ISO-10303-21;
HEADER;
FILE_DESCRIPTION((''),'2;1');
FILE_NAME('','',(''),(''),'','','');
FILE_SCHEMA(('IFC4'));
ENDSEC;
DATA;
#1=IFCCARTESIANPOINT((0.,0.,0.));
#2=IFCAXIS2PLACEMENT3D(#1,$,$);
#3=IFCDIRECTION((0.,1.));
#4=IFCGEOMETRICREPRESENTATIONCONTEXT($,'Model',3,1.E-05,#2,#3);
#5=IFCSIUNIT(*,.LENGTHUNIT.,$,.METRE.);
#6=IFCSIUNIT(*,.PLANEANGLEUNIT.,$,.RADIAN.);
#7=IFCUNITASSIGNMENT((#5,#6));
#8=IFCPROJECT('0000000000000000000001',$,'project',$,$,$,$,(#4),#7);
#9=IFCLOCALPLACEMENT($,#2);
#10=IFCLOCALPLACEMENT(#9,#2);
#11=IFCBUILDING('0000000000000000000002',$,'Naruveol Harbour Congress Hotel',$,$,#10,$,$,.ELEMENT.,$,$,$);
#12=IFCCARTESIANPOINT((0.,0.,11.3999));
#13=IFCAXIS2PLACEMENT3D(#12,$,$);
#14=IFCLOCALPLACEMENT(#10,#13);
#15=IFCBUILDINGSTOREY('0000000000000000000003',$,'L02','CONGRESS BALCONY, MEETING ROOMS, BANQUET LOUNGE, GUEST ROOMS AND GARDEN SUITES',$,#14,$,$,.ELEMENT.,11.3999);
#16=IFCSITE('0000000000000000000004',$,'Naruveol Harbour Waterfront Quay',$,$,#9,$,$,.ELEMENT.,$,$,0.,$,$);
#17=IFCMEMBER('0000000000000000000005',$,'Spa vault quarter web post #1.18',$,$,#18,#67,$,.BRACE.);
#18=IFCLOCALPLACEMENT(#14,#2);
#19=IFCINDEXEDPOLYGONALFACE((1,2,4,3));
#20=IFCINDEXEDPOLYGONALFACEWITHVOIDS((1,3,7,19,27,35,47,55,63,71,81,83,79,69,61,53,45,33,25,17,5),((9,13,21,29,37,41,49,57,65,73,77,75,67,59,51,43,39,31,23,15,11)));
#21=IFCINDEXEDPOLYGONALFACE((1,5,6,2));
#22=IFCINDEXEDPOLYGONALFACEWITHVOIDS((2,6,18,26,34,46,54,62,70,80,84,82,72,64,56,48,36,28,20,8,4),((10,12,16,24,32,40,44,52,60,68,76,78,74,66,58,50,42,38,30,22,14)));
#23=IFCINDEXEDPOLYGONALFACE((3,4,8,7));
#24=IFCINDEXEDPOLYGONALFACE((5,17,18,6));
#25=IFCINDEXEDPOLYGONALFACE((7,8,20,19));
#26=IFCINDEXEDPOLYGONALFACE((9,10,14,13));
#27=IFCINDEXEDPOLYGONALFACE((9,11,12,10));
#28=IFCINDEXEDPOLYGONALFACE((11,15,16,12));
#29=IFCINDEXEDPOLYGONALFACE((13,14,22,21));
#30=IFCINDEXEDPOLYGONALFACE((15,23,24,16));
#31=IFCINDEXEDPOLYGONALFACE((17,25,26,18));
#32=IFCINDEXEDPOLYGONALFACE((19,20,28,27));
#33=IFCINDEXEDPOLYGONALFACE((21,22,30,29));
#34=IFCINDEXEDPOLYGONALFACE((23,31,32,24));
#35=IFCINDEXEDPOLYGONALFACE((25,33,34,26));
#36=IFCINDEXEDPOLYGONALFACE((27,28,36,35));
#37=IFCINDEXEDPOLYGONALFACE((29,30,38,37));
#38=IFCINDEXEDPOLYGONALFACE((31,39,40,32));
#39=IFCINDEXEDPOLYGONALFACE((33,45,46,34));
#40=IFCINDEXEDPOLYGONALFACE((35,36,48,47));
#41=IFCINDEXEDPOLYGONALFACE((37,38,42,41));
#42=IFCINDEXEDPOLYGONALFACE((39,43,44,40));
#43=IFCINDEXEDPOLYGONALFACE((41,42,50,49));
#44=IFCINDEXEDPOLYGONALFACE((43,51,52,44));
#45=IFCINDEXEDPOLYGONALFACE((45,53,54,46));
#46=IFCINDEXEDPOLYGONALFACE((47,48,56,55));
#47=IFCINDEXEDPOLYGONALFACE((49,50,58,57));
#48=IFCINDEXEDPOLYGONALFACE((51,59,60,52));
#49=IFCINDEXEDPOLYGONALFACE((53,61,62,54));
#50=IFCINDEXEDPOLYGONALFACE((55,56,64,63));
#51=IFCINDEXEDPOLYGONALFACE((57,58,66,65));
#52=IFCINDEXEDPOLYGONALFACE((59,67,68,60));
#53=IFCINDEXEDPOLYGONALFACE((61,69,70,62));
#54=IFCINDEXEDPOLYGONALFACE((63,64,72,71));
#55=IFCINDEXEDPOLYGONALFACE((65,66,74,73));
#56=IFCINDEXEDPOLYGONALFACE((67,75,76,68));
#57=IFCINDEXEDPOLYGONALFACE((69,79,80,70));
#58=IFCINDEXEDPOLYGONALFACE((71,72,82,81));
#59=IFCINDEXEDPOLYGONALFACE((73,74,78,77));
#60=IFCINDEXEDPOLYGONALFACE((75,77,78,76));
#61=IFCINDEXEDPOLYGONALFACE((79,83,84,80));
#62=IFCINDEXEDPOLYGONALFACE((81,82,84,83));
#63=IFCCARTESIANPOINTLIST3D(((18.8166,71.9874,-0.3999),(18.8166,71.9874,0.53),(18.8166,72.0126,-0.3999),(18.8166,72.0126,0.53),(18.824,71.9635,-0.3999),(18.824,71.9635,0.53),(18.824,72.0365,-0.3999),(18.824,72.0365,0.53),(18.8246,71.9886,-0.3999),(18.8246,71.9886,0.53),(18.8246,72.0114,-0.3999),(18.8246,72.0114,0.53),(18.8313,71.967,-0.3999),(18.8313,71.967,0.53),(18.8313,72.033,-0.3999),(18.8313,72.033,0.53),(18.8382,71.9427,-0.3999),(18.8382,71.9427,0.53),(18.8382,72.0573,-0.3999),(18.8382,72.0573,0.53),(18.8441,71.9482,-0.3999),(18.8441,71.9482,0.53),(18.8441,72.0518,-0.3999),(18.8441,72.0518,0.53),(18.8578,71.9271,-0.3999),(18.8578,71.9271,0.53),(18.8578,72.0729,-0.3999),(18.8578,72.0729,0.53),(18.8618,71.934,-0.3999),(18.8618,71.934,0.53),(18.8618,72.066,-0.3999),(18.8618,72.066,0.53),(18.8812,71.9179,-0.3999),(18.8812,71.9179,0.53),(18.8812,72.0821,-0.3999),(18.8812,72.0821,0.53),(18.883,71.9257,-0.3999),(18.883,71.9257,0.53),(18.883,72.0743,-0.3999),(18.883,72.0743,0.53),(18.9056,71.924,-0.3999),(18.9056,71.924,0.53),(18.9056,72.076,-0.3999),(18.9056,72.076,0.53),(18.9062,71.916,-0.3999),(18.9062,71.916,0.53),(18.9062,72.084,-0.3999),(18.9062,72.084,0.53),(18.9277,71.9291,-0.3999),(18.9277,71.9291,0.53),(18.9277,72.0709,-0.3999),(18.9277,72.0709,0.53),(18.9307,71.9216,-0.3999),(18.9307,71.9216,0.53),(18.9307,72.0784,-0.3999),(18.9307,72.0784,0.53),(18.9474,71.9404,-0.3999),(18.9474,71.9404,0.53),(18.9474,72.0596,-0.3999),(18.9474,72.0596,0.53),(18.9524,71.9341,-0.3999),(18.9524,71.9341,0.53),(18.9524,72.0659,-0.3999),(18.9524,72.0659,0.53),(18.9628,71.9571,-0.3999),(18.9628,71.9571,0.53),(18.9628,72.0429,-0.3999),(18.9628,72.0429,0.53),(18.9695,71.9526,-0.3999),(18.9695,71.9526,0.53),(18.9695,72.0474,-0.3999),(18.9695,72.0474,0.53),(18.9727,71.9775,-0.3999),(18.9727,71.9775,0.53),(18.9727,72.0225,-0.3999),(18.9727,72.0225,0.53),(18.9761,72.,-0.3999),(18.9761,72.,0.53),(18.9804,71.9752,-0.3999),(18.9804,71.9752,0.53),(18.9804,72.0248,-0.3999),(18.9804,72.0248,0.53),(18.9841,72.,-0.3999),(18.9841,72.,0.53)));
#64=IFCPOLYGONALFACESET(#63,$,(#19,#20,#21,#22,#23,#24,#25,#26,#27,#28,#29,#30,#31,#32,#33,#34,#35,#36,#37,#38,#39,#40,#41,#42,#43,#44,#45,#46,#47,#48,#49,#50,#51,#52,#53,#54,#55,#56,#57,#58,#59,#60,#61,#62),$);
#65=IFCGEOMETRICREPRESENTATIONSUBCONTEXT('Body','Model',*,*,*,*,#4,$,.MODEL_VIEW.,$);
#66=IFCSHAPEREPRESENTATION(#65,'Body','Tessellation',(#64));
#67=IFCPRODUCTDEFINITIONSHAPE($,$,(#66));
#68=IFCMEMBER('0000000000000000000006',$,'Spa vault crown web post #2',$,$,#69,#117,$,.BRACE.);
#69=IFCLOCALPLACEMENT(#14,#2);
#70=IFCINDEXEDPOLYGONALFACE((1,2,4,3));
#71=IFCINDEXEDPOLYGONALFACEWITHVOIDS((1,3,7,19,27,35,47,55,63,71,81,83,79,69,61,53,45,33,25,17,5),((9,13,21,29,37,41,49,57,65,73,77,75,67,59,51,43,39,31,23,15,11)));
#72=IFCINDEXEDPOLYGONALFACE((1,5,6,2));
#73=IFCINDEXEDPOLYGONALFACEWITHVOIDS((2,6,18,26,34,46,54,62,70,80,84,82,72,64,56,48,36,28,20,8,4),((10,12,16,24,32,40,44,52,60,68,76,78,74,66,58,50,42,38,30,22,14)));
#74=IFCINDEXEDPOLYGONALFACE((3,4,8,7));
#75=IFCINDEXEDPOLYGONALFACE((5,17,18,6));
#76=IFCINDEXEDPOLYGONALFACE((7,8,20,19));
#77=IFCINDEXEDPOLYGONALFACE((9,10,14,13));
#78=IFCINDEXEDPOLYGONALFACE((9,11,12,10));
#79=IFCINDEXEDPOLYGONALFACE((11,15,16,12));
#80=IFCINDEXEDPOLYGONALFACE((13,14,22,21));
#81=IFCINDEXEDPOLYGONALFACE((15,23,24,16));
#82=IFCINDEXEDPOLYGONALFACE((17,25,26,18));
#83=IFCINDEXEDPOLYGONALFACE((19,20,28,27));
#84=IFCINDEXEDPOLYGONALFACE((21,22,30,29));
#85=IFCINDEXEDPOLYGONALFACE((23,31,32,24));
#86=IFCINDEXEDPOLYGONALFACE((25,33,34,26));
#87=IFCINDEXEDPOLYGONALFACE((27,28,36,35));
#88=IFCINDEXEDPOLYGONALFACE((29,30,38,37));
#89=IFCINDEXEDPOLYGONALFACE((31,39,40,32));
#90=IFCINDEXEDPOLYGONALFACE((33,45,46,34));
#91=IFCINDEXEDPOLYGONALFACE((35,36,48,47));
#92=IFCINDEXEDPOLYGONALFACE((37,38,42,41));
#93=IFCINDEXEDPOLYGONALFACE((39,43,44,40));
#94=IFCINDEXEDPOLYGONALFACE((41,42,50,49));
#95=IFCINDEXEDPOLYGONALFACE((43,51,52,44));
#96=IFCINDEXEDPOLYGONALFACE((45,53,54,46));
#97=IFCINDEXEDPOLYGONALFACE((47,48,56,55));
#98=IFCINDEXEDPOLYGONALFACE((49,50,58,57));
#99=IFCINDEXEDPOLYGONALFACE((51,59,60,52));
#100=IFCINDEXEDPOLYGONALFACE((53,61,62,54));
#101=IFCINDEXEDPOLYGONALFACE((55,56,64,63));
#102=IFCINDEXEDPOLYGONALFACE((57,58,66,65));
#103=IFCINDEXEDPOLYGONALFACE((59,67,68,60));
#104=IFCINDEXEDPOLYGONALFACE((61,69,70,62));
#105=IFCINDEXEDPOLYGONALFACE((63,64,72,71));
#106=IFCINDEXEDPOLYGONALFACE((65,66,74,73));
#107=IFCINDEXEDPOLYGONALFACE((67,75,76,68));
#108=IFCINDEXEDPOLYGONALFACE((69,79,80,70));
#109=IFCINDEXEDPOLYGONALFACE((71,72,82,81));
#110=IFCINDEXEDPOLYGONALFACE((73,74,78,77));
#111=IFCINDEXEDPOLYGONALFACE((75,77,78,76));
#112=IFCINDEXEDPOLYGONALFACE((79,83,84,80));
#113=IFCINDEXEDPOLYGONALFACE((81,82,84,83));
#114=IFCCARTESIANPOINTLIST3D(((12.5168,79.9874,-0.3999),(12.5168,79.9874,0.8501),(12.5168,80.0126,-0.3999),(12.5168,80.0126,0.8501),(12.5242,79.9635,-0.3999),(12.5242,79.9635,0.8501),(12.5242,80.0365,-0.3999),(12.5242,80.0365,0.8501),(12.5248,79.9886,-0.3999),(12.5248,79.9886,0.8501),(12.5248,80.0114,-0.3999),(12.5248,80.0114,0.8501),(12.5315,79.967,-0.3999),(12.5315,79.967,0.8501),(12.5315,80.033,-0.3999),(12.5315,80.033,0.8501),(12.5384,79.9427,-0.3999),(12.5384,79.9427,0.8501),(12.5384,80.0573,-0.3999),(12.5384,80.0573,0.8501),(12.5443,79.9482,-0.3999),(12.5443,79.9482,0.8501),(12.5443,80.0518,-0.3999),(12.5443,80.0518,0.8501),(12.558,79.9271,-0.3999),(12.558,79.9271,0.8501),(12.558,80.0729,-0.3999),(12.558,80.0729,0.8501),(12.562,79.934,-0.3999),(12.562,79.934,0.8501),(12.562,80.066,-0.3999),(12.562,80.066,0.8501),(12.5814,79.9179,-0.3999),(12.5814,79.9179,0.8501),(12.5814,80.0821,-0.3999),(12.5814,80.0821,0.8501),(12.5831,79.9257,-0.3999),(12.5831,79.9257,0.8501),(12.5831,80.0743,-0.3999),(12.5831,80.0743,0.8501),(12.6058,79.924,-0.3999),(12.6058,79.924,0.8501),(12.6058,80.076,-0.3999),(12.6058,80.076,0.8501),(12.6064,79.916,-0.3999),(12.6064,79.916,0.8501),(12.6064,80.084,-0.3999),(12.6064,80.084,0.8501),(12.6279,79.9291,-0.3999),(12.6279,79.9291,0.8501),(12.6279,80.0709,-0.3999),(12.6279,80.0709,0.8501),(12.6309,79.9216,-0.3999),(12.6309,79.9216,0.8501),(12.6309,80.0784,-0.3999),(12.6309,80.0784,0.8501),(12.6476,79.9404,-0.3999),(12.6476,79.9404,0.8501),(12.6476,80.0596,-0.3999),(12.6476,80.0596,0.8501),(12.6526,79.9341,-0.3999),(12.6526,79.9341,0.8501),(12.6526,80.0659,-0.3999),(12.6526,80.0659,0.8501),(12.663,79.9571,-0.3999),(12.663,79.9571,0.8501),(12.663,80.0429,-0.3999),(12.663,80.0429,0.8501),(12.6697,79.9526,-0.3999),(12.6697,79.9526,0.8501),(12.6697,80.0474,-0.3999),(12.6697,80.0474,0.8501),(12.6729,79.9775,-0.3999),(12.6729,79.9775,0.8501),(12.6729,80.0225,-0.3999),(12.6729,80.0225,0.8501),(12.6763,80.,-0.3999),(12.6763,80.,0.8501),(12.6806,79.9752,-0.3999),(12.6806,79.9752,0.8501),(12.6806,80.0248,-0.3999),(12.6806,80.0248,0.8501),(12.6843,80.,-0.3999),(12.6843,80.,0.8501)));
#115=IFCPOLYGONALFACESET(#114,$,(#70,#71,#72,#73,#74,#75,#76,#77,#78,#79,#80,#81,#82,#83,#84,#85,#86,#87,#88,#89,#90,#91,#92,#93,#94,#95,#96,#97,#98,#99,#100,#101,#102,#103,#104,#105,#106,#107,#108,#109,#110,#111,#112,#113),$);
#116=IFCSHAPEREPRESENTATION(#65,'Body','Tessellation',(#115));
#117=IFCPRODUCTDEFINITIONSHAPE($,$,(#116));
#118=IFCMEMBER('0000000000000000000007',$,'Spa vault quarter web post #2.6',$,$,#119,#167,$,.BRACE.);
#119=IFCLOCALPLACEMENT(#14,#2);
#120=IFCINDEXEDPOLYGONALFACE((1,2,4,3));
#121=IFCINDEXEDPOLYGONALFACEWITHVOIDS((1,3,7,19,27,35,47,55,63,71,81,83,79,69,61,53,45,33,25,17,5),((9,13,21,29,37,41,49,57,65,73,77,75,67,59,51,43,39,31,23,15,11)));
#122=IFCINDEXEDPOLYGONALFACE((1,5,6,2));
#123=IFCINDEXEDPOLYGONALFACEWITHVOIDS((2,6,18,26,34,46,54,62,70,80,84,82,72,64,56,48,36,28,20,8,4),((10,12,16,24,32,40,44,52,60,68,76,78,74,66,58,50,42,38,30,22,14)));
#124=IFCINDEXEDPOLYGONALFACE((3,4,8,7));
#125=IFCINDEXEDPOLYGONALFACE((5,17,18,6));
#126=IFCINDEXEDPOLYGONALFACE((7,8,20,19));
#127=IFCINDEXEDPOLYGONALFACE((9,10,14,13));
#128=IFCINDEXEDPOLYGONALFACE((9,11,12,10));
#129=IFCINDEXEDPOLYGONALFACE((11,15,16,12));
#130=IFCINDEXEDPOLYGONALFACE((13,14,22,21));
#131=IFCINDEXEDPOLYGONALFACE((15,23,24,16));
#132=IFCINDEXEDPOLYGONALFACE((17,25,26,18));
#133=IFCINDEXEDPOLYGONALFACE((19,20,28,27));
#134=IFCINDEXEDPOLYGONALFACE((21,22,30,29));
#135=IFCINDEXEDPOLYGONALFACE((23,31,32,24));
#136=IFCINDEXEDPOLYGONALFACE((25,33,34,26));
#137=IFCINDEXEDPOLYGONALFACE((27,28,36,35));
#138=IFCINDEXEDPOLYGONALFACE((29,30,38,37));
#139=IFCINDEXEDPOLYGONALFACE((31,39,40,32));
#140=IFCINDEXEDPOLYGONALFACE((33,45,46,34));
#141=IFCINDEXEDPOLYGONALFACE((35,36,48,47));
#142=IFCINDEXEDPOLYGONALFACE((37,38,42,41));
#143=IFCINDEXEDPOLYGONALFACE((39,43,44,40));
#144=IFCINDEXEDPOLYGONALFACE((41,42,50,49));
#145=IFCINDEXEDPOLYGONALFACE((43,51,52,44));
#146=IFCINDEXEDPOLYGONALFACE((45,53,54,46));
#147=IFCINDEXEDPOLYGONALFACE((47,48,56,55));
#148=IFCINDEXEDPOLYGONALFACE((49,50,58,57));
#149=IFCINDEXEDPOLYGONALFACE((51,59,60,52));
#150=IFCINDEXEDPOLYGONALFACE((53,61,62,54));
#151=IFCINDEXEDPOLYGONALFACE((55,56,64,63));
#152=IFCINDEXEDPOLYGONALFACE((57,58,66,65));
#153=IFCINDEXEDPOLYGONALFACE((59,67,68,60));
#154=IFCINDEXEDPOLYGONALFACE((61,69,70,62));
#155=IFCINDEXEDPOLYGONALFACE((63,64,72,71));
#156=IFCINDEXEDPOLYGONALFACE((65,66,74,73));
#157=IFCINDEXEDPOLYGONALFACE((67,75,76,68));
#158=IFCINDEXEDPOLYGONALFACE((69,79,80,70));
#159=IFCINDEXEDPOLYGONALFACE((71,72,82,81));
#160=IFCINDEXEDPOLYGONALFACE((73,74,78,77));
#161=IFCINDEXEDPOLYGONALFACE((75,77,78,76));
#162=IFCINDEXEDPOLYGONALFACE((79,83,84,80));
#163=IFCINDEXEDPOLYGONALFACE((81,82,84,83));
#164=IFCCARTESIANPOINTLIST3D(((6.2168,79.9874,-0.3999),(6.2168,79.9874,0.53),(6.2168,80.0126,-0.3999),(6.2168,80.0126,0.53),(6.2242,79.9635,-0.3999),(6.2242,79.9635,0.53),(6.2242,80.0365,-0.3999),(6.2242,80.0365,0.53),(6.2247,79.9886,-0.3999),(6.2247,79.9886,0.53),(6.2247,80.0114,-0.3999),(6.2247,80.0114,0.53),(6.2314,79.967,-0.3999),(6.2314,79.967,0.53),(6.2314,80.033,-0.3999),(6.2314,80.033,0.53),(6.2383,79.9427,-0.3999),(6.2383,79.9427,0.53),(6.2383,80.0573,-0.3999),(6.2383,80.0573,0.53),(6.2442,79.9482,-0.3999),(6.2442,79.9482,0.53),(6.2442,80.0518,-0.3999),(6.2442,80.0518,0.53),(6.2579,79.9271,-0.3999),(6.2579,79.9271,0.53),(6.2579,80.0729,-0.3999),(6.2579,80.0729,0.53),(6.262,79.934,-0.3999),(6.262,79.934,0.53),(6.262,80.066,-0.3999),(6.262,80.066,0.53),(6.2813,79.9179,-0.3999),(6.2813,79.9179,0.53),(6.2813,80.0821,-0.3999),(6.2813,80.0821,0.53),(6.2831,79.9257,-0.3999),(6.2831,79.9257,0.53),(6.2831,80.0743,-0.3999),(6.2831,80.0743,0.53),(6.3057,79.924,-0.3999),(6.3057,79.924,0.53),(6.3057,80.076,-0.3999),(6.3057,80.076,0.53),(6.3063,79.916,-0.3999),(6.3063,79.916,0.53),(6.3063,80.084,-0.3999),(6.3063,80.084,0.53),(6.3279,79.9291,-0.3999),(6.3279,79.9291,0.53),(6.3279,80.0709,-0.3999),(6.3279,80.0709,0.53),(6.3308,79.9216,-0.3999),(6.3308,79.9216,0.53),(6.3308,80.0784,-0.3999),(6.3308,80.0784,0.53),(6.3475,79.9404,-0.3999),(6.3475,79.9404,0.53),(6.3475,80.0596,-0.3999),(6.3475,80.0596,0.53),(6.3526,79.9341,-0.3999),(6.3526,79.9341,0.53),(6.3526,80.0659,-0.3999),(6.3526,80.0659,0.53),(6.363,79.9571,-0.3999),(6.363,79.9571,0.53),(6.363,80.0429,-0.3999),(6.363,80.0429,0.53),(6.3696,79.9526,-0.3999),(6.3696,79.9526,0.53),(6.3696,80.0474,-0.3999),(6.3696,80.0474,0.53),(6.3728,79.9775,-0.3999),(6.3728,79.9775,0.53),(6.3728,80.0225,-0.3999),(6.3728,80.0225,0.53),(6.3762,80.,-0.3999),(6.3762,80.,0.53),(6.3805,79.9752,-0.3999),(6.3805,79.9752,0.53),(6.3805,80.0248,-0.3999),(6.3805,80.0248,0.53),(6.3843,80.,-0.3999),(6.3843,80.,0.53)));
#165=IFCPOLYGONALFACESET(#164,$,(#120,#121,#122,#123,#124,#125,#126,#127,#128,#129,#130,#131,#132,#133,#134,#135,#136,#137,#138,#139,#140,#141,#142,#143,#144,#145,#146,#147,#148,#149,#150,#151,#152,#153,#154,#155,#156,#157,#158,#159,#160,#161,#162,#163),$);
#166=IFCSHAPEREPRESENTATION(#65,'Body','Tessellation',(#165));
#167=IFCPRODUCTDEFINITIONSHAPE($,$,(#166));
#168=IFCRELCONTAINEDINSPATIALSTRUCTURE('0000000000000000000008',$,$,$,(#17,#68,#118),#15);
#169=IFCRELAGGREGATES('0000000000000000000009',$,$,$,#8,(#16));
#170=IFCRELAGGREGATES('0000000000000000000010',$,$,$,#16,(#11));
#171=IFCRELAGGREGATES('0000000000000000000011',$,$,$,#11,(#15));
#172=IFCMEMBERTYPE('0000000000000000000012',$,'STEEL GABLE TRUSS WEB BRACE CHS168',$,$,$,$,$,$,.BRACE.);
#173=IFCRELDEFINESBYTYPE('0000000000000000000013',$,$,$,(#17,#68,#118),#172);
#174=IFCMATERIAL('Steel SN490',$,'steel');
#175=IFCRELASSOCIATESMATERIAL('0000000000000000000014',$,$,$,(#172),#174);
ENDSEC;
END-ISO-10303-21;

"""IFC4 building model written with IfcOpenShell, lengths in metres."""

from ifc_helpers import new_model, si_unit, direction, frame, origin, origin_2d, place, context, subcontext, project, spatial, hollow_circle, extrude, material, material_profile, profile_set, type_object, element, save


model = new_model("IFC4")

# Units and contexts
model_context = context("Model", 3, precision=1e-05, world=origin(), true_north=direction((0.0, 1.0)))
body_context = subcontext(model_context, "Body", "Model", "MODEL_VIEW")
ifc_project = project(units=[si_unit("LENGTHUNIT", "METRE"), si_unit("PLANEANGLEUNIT", "RADIAN")], contexts=[model_context])

# Site, building, storey
site_placement = place(None, origin())
site = spatial("IfcSite", under=ifc_project, at=site_placement, Name="Naruveol Harbour Waterfront Quay", CompositionType="ELEMENT", RefElevation=0.0)
building_placement = place(site_placement, origin())
building = spatial("IfcBuilding", under=site, at=building_placement, Name="Naruveol Harbour Congress Hotel", CompositionType="ELEMENT")
storey_placement = place(building_placement, frame((0.0, 0.0, 11.3999)))
storey = spatial("IfcBuildingStorey", under=building, at=storey_placement, Name="L02", Description="CONGRESS BALCONY, MEETING ROOMS, BANQUET LOUNGE, GUEST ROOMS AND GARDEN SUITES", CompositionType="ELEMENT", Elevation=11.3999)

# Members
ifc_material_1 = material(Name="Steel SN490", Category="steel")
ifc_material_profile_1 = material_profile(ifc_material_1, hollow_circle(Radius=0.0842, WallThickness=0.0081, at=origin_2d()), Name="CHS-168.3x8")
ifc_profile_set_1 = profile_set([ifc_material_profile_1], Name="Steel SN490")
member_type_1 = type_object("IfcMemberType", Name="STEEL GABLE TRUSS WEB BRACE CHS168", PredefinedType="BRACE", material=ifc_profile_set_1)
member_1_placement = place(storey_placement, frame((18.8999, 72.0, -0.3999), z_axis=(0.0, 0.0, 1.0), x_axis=(1.0, 0.0, 0.0)))
element("IfcMember", 1, at=member_1_placement, inside=storey, type_object=member_type_1, Name="Spa vault quarter web post #1.18", PredefinedType="BRACE", context=body_context, shape_type="SweptSolid", body=[
    extrude(hollow_circle(Radius=0.0842, WallThickness=0.0081, at=origin_2d()), origin(), (0.0, 0.0, 1.0), 0.9299),
])
member_2_placement = place(storey_placement, frame((12.6001, 80.0, -0.3999), z_axis=(0.0, 0.0, 1.0), x_axis=(1.0, 0.0, 0.0)))
element("IfcMember", 2, at=member_2_placement, inside=storey, type_object=member_type_1, Name="Spa vault crown web post #2", PredefinedType="BRACE", context=body_context, shape_type="SweptSolid", body=[
    extrude(hollow_circle(Radius=0.0842, WallThickness=0.0081, at=origin_2d()), origin(), (0.0, 0.0, 1.0), 1.25),
])
for number, where, z_axis, x_axis, name in (
    (3, (6.3, 80.0, -0.3999), (0.0, 0.0, 1.0), (1.0, 0.0, 0.0), "Spa vault quarter web post #2.6"),
):
    element("IfcMember", number, at=place(storey_placement, frame(where, z_axis=z_axis, x_axis=x_axis)), inside=storey, type_object=member_type_1, Name=name, PredefinedType="BRACE", context=body_context, shape_type="SweptSolid", body=[
        extrude(hollow_circle(Radius=0.0842, WallThickness=0.0081, at=origin_2d()), origin(), (0.0, 0.0, 1.0), 0.9299),
    ])

save(model, "model.ifc")
